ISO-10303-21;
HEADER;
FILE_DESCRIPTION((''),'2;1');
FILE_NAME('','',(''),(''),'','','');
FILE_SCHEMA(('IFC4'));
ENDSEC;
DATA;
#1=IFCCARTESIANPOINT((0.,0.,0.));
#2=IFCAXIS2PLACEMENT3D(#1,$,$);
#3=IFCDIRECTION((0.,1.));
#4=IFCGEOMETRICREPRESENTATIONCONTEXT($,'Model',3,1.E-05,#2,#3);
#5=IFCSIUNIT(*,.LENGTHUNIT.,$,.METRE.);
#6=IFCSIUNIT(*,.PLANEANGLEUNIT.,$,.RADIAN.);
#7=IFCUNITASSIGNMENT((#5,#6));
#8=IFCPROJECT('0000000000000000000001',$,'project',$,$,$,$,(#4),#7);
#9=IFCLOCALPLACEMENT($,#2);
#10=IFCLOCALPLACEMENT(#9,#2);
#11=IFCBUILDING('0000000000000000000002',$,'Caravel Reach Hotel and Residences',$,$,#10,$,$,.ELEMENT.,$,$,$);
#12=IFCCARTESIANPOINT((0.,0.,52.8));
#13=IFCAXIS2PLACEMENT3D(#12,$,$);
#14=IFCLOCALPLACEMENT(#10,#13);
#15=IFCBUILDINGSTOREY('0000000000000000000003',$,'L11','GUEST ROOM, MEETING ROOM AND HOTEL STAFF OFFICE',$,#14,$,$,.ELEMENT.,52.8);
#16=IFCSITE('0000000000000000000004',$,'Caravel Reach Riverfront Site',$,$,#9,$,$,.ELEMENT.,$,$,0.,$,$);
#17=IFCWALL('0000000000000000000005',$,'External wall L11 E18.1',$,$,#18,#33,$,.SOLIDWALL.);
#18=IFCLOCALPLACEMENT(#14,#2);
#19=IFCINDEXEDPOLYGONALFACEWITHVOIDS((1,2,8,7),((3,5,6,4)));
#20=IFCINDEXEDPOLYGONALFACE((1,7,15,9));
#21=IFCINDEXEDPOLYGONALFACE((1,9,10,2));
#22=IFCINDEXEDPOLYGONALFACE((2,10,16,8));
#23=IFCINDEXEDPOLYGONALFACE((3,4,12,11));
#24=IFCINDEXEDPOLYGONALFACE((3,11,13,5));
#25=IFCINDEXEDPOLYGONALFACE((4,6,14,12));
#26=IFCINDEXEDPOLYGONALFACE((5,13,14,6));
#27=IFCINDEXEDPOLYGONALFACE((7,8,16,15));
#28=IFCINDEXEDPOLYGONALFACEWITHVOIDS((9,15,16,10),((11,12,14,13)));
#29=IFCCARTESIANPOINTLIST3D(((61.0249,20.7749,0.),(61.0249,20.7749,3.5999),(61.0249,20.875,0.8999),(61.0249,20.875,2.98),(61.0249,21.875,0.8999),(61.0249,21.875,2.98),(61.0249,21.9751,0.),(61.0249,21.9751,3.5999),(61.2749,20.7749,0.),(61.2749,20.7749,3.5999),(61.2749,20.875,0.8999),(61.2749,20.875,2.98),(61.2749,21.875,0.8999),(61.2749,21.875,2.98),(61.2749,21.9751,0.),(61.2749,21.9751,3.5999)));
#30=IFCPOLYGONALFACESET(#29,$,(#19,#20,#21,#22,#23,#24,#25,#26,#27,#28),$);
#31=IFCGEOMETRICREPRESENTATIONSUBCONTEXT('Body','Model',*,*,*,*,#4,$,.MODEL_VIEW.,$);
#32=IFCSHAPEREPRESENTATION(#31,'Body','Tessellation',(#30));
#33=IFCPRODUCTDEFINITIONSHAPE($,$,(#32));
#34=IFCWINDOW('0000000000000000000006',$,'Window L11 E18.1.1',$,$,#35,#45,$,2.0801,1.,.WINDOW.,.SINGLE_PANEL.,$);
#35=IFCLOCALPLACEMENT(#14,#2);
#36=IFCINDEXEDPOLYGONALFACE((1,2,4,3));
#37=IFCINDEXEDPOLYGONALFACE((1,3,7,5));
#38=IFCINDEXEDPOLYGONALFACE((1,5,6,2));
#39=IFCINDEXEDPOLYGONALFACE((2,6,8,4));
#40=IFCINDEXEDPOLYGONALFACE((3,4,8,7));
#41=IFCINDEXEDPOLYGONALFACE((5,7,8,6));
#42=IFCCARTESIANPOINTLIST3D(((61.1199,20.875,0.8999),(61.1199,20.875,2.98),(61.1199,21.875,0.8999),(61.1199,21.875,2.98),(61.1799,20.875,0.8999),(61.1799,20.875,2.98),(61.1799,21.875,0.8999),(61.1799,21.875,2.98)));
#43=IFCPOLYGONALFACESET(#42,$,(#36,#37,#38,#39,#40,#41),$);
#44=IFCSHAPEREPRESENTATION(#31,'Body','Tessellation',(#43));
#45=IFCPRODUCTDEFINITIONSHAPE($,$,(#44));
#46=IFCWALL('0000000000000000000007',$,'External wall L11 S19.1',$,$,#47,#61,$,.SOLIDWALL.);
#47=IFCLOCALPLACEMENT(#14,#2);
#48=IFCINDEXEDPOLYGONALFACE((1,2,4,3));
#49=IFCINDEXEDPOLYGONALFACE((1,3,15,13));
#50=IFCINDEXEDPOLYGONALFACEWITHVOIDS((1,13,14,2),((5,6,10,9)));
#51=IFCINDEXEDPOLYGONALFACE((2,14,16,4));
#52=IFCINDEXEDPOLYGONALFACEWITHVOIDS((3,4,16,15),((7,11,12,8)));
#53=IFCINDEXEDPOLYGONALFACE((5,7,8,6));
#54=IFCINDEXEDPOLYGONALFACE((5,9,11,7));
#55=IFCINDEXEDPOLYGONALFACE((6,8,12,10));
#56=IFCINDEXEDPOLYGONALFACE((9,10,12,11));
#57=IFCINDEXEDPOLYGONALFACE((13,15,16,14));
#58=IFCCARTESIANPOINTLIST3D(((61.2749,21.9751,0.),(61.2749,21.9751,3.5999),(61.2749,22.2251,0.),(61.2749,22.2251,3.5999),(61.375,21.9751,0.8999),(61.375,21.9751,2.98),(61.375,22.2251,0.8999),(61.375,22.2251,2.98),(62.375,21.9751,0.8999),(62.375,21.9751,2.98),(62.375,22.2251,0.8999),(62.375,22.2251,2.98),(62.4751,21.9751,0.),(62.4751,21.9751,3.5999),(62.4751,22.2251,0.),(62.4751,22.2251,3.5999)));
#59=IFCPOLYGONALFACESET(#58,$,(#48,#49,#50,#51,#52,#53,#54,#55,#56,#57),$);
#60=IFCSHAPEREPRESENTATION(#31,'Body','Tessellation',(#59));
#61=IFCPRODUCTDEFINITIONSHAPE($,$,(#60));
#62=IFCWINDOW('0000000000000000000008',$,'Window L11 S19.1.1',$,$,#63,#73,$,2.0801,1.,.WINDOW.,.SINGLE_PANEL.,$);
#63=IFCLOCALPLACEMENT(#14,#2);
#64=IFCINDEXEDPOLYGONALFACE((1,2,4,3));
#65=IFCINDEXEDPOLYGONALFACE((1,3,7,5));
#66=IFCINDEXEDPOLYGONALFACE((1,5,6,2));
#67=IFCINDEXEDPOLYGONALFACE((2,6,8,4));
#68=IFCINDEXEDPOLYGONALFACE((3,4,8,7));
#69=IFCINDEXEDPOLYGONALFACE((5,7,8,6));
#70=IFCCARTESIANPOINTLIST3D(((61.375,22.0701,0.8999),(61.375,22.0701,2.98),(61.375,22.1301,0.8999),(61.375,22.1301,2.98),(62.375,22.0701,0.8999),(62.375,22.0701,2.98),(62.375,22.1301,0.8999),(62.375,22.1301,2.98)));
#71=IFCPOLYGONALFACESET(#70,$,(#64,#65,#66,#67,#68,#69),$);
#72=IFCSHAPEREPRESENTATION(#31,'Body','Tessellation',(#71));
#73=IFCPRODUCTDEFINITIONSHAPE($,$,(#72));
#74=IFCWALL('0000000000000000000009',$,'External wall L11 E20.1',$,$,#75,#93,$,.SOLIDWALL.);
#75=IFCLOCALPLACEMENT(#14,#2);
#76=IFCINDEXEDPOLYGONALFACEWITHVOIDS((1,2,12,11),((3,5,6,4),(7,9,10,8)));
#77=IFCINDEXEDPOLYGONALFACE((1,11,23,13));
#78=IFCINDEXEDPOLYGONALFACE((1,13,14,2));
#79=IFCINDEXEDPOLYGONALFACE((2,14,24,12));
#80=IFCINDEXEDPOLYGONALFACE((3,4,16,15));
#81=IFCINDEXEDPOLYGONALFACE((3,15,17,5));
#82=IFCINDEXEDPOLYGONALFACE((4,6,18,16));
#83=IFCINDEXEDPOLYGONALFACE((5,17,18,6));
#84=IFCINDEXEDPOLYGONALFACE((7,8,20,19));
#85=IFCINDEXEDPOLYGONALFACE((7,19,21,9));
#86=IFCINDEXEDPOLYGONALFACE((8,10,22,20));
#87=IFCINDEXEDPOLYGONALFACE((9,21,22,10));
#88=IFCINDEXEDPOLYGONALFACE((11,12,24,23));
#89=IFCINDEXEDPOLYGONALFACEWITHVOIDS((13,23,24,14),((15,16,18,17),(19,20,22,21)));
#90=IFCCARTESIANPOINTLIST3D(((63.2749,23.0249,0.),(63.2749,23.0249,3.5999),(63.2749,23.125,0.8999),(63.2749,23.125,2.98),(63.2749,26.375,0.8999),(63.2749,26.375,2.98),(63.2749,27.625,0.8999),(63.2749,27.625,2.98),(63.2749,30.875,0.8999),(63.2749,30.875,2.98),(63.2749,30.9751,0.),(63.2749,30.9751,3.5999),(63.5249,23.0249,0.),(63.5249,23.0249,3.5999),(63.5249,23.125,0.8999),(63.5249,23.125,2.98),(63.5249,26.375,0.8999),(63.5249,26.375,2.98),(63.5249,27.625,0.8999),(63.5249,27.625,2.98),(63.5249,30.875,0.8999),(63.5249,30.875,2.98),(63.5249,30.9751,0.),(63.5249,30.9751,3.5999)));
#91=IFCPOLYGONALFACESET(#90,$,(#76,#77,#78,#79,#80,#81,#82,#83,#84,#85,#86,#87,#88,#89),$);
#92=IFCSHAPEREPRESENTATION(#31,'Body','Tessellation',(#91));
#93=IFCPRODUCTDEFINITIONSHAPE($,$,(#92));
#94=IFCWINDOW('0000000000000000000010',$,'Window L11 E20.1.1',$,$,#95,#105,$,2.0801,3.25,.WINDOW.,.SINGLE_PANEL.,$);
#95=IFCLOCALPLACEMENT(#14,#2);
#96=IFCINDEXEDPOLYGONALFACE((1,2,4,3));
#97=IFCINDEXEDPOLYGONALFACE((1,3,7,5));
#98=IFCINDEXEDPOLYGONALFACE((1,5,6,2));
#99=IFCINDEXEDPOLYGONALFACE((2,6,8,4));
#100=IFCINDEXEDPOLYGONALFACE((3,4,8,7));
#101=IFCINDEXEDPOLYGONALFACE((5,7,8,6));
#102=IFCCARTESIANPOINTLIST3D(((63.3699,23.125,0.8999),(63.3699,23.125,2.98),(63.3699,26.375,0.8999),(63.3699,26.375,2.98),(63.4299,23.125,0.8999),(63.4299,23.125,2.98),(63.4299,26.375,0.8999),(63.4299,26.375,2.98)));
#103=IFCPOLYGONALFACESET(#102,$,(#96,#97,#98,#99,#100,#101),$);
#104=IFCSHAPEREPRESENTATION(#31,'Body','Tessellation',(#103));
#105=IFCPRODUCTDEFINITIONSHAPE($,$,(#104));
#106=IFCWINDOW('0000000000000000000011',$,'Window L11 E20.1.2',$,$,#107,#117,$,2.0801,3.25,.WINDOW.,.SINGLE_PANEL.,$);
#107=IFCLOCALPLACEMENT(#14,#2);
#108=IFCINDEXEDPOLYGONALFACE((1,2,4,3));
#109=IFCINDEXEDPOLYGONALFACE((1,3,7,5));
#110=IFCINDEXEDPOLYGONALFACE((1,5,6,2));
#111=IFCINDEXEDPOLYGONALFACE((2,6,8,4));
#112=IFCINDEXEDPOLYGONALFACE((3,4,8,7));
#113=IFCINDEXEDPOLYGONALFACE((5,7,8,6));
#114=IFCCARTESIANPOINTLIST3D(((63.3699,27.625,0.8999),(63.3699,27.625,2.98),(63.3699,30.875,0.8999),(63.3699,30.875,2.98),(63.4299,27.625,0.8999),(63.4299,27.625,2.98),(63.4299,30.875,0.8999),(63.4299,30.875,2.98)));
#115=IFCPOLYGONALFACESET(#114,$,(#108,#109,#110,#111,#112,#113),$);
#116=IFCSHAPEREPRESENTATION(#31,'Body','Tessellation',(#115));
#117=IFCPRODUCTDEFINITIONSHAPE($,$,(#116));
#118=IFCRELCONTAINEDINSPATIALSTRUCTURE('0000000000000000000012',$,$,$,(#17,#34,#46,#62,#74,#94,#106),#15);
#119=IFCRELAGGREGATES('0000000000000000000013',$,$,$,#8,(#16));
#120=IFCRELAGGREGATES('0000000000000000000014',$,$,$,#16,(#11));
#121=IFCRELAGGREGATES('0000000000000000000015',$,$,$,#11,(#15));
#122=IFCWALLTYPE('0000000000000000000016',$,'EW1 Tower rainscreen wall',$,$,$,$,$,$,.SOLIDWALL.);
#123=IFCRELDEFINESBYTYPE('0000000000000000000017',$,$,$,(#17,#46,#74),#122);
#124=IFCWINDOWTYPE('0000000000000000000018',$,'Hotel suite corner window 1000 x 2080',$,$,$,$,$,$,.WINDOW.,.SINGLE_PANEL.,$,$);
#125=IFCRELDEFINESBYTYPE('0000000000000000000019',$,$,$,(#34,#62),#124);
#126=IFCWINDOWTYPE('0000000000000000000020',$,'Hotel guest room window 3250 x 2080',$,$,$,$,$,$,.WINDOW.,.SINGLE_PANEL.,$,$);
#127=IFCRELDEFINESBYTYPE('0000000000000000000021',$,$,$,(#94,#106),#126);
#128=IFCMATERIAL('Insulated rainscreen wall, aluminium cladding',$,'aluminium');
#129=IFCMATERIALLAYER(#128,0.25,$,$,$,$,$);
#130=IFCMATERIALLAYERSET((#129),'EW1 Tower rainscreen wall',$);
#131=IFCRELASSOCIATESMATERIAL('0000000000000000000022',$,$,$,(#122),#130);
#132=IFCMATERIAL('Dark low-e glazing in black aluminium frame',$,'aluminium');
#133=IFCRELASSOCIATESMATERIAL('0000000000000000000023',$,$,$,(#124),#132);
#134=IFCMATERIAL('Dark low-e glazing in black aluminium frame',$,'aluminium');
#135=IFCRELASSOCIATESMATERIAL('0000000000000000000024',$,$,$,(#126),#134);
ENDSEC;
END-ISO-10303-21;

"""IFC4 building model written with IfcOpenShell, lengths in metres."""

from ifc_helpers import new_model, si_unit, direction, frame, frame_2d, origin, place, context, subcontext, project, spatial, rectangle, extrude, material, layer, layer_set, type_object, element, fill, save


model = new_model("IFC4")

# Units and contexts
model_context = context("Model", 3, precision=1e-05, world=origin(), true_north=direction((0.0, 1.0)))
body_context = subcontext(model_context, "Body", "Model", "MODEL_VIEW")
ifc_project = project(units=[si_unit("LENGTHUNIT", "METRE"), si_unit("PLANEANGLEUNIT", "RADIAN")], contexts=[model_context])

# Site, building, storey
site_placement = place(None, origin())
site = spatial("IfcSite", under=ifc_project, at=site_placement, Name="Caravel Reach Riverfront Site", CompositionType="ELEMENT", RefElevation=0.0)
building_placement = place(site_placement, origin())
building = spatial("IfcBuilding", under=site, at=building_placement, Name="Caravel Reach Hotel and Residences", CompositionType="ELEMENT")
storey_placement = place(building_placement, frame((0.0, 0.0, 52.8)))
storey = spatial("IfcBuildingStorey", under=building, at=storey_placement, Name="L11", Description="GUEST ROOM, MEETING ROOM AND HOTEL STAFF OFFICE", CompositionType="ELEMENT", Elevation=52.8)

# Walls, openings, windows
ifc_material_1 = material(Name="Insulated rainscreen wall, aluminium cladding", Category="aluminium")
ifc_layer = layer(ifc_material_1, 0.25)
ifc_layer_set = layer_set([ifc_layer], Name="EW1 Tower rainscreen wall")
wall_type = type_object("IfcWallType", Name="EW1 Tower rainscreen wall", PredefinedType="SOLIDWALL", material=ifc_layer_set)
wall_1_placement = place(storey_placement, frame((61.1499, 20.7749, 0.0), z_axis=(0.0, 0.0, 1.0), x_axis=(0.0, 1.0, 0.0)))
wall_1 = element("IfcWall", 1, at=wall_1_placement, inside=storey, type_object=wall_type, Name="External wall L11 E18.1", PredefinedType="SOLIDWALL", context=body_context, shape_type="SweptSolid", body=[
    extrude(rectangle(XDim=1.2002, YDim=0.25, at=frame_2d((0.6001, 0.0))), origin(), (0.0, 0.0, 1.0), 3.5999),
])
opening_1_placement = place(wall_1_placement, frame((0.1001, 0.0, 0.8999)))
opening_1 = element("IfcOpeningElement", 2, at=opening_1_placement, cuts=wall_1, PredefinedType="OPENING", context=body_context, shape_type="SweptSolid", body=[
    extrude(rectangle(XDim=1.0, YDim=2.0801, at=frame_2d((0.5, 1.04))), frame((0.0, 0.135, 0.0), z_axis=(0.0, -1.0, 0.0), x_axis=(1.0, 0.0, 0.0)), (0.0, 0.0, 1.0), 0.27),
])
ifc_material_2 = material(Name="Dark low-e glazing in black aluminium frame", Category="aluminium")
window_type_1 = type_object("IfcWindowType", Name="Hotel suite corner window 1000 x 2080", PartitioningType="SINGLE_PANEL", PredefinedType="WINDOW", material=ifc_material_2)
window_1_placement = place(opening_1_placement, origin())
window_1 = element("IfcWindow", 3, at=window_1_placement, inside=storey, type_object=window_type_1, Name="Window L11 E18.1.1", OverallHeight=2.0801, OverallWidth=1.0, PartitioningType="SINGLE_PANEL", PredefinedType="WINDOW", context=body_context, shape_type="SweptSolid", body=[
    extrude(rectangle(XDim=1.0, YDim=2.0801, at=frame_2d((0.5, 1.04))), frame((0.0, 0.03, 0.0), z_axis=(0.0, -1.0, 0.0), x_axis=(1.0, 0.0, 0.0)), (0.0, 0.0, 1.0), 0.0601),
])
fill(opening_1, window_1)
wall_2_placement = place(storey_placement, frame((61.2749, 22.1001, 0.0), z_axis=(0.0, 0.0, 1.0), x_axis=(1.0, 0.0, 0.0)))
wall_2 = element("IfcWall", 4, at=wall_2_placement, inside=storey, type_object=wall_type, Name="External wall L11 S19.1", PredefinedType="SOLIDWALL", context=body_context, shape_type="SweptSolid", body=[
    extrude(rectangle(XDim=1.2002, YDim=0.25, at=frame_2d((0.6001, 0.0))), origin(), (0.0, 0.0, 1.0), 3.5999),
])
opening_2_placement = place(wall_2_placement, frame((0.1001, 0.0, 0.8999)))
opening_2 = element("IfcOpeningElement", 5, at=opening_2_placement, cuts=wall_2, PredefinedType="OPENING", context=body_context, shape_type="SweptSolid", body=[
    extrude(rectangle(XDim=1.0, YDim=2.0801, at=frame_2d((0.5, 1.04))), frame((0.0, 0.135, 0.0), z_axis=(0.0, -1.0, 0.0), x_axis=(1.0, 0.0, 0.0)), (0.0, 0.0, 1.0), 0.27),
])
window_2_placement = place(opening_2_placement, origin())
window_2 = element("IfcWindow", 6, at=window_2_placement, inside=storey, type_object=window_type_1, Name="Window L11 S19.1.1", OverallHeight=2.0801, OverallWidth=1.0, PartitioningType="SINGLE_PANEL", PredefinedType="WINDOW", context=body_context, shape_type="SweptSolid", body=[
    extrude(rectangle(XDim=1.0, YDim=2.0801, at=frame_2d((0.5, 1.04))), frame((0.0, 0.03, 0.0), z_axis=(0.0, -1.0, 0.0), x_axis=(1.0, 0.0, 0.0)), (0.0, 0.0, 1.0), 0.0601),
])
fill(opening_2, window_2)

# Wall, openings, windows
wall_3_placement = place(storey_placement, frame((63.3999, 23.0249, 0.0), z_axis=(0.0, 0.0, 1.0), x_axis=(0.0, 1.0, 0.0)))
wall_3 = element("IfcWall", 7, at=wall_3_placement, inside=storey, type_object=wall_type, Name="External wall L11 E20.1", PredefinedType="SOLIDWALL", context=body_context, shape_type="SweptSolid", body=[
    extrude(rectangle(XDim=7.9502, YDim=0.25, at=frame_2d((3.9751, 0.0))), origin(), (0.0, 0.0, 1.0), 3.5999),
])
opening_3_placement = place(wall_3_placement, frame((0.1001, 0.0, 0.8999)))
opening_3 = element("IfcOpeningElement", 8, at=opening_3_placement, cuts=wall_3, PredefinedType="OPENING", context=body_context, shape_type="SweptSolid", body=[
    extrude(rectangle(XDim=3.25, YDim=2.0801, at=frame_2d((1.625, 1.04))), frame((0.0, 0.135, 0.0), z_axis=(0.0, -1.0, 0.0), x_axis=(1.0, 0.0, 0.0)), (0.0, 0.0, 1.0), 0.27),
])
opening_4_placement = place(wall_3_placement, frame((4.6001, 0.0, 0.8999)))
opening_4 = element("IfcOpeningElement", 9, at=opening_4_placement, cuts=wall_3, PredefinedType="OPENING", context=body_context, shape_type="SweptSolid", body=[
    extrude(rectangle(XDim=3.25, YDim=2.0801, at=frame_2d((1.625, 1.04))), frame((0.0, 0.135, 0.0), z_axis=(0.0, -1.0, 0.0), x_axis=(1.0, 0.0, 0.0)), (0.0, 0.0, 1.0), 0.27),
])
ifc_material_3 = material(Name="Dark low-e glazing in black aluminium frame", Category="aluminium")
window_type_2 = type_object("IfcWindowType", Name="Hotel guest room window 3250 x 2080", PartitioningType="SINGLE_PANEL", PredefinedType="WINDOW", material=ifc_material_3)
window_3_placement = place(opening_3_placement, origin())
window_3 = element("IfcWindow", 10, at=window_3_placement, inside=storey, type_object=window_type_2, Name="Window L11 E20.1.1", OverallHeight=2.0801, OverallWidth=3.25, PartitioningType="SINGLE_PANEL", PredefinedType="WINDOW", context=body_context, shape_type="SweptSolid", body=[
    extrude(rectangle(XDim=3.25, YDim=2.0801, at=frame_2d((1.625, 1.04))), frame((0.0, 0.03, 0.0), z_axis=(0.0, -1.0, 0.0), x_axis=(1.0, 0.0, 0.0)), (0.0, 0.0, 1.0), 0.0601),
])
fill(opening_3, window_3)
window_4_placement = place(opening_4_placement, origin())
window_4 = element("IfcWindow", 11, at=window_4_placement, inside=storey, type_object=window_type_2, Name="Window L11 E20.1.2", OverallHeight=2.0801, OverallWidth=3.25, PartitioningType="SINGLE_PANEL", PredefinedType="WINDOW", context=body_context, shape_type="SweptSolid", body=[
    extrude(rectangle(XDim=3.25, YDim=2.0801, at=frame_2d((1.625, 1.04))), frame((0.0, 0.03, 0.0), z_axis=(0.0, -1.0, 0.0), x_axis=(1.0, 0.0, 0.0)), (0.0, 0.0, 1.0), 0.0601),
])
fill(opening_4, window_4)

save(model, "model.ifc")
